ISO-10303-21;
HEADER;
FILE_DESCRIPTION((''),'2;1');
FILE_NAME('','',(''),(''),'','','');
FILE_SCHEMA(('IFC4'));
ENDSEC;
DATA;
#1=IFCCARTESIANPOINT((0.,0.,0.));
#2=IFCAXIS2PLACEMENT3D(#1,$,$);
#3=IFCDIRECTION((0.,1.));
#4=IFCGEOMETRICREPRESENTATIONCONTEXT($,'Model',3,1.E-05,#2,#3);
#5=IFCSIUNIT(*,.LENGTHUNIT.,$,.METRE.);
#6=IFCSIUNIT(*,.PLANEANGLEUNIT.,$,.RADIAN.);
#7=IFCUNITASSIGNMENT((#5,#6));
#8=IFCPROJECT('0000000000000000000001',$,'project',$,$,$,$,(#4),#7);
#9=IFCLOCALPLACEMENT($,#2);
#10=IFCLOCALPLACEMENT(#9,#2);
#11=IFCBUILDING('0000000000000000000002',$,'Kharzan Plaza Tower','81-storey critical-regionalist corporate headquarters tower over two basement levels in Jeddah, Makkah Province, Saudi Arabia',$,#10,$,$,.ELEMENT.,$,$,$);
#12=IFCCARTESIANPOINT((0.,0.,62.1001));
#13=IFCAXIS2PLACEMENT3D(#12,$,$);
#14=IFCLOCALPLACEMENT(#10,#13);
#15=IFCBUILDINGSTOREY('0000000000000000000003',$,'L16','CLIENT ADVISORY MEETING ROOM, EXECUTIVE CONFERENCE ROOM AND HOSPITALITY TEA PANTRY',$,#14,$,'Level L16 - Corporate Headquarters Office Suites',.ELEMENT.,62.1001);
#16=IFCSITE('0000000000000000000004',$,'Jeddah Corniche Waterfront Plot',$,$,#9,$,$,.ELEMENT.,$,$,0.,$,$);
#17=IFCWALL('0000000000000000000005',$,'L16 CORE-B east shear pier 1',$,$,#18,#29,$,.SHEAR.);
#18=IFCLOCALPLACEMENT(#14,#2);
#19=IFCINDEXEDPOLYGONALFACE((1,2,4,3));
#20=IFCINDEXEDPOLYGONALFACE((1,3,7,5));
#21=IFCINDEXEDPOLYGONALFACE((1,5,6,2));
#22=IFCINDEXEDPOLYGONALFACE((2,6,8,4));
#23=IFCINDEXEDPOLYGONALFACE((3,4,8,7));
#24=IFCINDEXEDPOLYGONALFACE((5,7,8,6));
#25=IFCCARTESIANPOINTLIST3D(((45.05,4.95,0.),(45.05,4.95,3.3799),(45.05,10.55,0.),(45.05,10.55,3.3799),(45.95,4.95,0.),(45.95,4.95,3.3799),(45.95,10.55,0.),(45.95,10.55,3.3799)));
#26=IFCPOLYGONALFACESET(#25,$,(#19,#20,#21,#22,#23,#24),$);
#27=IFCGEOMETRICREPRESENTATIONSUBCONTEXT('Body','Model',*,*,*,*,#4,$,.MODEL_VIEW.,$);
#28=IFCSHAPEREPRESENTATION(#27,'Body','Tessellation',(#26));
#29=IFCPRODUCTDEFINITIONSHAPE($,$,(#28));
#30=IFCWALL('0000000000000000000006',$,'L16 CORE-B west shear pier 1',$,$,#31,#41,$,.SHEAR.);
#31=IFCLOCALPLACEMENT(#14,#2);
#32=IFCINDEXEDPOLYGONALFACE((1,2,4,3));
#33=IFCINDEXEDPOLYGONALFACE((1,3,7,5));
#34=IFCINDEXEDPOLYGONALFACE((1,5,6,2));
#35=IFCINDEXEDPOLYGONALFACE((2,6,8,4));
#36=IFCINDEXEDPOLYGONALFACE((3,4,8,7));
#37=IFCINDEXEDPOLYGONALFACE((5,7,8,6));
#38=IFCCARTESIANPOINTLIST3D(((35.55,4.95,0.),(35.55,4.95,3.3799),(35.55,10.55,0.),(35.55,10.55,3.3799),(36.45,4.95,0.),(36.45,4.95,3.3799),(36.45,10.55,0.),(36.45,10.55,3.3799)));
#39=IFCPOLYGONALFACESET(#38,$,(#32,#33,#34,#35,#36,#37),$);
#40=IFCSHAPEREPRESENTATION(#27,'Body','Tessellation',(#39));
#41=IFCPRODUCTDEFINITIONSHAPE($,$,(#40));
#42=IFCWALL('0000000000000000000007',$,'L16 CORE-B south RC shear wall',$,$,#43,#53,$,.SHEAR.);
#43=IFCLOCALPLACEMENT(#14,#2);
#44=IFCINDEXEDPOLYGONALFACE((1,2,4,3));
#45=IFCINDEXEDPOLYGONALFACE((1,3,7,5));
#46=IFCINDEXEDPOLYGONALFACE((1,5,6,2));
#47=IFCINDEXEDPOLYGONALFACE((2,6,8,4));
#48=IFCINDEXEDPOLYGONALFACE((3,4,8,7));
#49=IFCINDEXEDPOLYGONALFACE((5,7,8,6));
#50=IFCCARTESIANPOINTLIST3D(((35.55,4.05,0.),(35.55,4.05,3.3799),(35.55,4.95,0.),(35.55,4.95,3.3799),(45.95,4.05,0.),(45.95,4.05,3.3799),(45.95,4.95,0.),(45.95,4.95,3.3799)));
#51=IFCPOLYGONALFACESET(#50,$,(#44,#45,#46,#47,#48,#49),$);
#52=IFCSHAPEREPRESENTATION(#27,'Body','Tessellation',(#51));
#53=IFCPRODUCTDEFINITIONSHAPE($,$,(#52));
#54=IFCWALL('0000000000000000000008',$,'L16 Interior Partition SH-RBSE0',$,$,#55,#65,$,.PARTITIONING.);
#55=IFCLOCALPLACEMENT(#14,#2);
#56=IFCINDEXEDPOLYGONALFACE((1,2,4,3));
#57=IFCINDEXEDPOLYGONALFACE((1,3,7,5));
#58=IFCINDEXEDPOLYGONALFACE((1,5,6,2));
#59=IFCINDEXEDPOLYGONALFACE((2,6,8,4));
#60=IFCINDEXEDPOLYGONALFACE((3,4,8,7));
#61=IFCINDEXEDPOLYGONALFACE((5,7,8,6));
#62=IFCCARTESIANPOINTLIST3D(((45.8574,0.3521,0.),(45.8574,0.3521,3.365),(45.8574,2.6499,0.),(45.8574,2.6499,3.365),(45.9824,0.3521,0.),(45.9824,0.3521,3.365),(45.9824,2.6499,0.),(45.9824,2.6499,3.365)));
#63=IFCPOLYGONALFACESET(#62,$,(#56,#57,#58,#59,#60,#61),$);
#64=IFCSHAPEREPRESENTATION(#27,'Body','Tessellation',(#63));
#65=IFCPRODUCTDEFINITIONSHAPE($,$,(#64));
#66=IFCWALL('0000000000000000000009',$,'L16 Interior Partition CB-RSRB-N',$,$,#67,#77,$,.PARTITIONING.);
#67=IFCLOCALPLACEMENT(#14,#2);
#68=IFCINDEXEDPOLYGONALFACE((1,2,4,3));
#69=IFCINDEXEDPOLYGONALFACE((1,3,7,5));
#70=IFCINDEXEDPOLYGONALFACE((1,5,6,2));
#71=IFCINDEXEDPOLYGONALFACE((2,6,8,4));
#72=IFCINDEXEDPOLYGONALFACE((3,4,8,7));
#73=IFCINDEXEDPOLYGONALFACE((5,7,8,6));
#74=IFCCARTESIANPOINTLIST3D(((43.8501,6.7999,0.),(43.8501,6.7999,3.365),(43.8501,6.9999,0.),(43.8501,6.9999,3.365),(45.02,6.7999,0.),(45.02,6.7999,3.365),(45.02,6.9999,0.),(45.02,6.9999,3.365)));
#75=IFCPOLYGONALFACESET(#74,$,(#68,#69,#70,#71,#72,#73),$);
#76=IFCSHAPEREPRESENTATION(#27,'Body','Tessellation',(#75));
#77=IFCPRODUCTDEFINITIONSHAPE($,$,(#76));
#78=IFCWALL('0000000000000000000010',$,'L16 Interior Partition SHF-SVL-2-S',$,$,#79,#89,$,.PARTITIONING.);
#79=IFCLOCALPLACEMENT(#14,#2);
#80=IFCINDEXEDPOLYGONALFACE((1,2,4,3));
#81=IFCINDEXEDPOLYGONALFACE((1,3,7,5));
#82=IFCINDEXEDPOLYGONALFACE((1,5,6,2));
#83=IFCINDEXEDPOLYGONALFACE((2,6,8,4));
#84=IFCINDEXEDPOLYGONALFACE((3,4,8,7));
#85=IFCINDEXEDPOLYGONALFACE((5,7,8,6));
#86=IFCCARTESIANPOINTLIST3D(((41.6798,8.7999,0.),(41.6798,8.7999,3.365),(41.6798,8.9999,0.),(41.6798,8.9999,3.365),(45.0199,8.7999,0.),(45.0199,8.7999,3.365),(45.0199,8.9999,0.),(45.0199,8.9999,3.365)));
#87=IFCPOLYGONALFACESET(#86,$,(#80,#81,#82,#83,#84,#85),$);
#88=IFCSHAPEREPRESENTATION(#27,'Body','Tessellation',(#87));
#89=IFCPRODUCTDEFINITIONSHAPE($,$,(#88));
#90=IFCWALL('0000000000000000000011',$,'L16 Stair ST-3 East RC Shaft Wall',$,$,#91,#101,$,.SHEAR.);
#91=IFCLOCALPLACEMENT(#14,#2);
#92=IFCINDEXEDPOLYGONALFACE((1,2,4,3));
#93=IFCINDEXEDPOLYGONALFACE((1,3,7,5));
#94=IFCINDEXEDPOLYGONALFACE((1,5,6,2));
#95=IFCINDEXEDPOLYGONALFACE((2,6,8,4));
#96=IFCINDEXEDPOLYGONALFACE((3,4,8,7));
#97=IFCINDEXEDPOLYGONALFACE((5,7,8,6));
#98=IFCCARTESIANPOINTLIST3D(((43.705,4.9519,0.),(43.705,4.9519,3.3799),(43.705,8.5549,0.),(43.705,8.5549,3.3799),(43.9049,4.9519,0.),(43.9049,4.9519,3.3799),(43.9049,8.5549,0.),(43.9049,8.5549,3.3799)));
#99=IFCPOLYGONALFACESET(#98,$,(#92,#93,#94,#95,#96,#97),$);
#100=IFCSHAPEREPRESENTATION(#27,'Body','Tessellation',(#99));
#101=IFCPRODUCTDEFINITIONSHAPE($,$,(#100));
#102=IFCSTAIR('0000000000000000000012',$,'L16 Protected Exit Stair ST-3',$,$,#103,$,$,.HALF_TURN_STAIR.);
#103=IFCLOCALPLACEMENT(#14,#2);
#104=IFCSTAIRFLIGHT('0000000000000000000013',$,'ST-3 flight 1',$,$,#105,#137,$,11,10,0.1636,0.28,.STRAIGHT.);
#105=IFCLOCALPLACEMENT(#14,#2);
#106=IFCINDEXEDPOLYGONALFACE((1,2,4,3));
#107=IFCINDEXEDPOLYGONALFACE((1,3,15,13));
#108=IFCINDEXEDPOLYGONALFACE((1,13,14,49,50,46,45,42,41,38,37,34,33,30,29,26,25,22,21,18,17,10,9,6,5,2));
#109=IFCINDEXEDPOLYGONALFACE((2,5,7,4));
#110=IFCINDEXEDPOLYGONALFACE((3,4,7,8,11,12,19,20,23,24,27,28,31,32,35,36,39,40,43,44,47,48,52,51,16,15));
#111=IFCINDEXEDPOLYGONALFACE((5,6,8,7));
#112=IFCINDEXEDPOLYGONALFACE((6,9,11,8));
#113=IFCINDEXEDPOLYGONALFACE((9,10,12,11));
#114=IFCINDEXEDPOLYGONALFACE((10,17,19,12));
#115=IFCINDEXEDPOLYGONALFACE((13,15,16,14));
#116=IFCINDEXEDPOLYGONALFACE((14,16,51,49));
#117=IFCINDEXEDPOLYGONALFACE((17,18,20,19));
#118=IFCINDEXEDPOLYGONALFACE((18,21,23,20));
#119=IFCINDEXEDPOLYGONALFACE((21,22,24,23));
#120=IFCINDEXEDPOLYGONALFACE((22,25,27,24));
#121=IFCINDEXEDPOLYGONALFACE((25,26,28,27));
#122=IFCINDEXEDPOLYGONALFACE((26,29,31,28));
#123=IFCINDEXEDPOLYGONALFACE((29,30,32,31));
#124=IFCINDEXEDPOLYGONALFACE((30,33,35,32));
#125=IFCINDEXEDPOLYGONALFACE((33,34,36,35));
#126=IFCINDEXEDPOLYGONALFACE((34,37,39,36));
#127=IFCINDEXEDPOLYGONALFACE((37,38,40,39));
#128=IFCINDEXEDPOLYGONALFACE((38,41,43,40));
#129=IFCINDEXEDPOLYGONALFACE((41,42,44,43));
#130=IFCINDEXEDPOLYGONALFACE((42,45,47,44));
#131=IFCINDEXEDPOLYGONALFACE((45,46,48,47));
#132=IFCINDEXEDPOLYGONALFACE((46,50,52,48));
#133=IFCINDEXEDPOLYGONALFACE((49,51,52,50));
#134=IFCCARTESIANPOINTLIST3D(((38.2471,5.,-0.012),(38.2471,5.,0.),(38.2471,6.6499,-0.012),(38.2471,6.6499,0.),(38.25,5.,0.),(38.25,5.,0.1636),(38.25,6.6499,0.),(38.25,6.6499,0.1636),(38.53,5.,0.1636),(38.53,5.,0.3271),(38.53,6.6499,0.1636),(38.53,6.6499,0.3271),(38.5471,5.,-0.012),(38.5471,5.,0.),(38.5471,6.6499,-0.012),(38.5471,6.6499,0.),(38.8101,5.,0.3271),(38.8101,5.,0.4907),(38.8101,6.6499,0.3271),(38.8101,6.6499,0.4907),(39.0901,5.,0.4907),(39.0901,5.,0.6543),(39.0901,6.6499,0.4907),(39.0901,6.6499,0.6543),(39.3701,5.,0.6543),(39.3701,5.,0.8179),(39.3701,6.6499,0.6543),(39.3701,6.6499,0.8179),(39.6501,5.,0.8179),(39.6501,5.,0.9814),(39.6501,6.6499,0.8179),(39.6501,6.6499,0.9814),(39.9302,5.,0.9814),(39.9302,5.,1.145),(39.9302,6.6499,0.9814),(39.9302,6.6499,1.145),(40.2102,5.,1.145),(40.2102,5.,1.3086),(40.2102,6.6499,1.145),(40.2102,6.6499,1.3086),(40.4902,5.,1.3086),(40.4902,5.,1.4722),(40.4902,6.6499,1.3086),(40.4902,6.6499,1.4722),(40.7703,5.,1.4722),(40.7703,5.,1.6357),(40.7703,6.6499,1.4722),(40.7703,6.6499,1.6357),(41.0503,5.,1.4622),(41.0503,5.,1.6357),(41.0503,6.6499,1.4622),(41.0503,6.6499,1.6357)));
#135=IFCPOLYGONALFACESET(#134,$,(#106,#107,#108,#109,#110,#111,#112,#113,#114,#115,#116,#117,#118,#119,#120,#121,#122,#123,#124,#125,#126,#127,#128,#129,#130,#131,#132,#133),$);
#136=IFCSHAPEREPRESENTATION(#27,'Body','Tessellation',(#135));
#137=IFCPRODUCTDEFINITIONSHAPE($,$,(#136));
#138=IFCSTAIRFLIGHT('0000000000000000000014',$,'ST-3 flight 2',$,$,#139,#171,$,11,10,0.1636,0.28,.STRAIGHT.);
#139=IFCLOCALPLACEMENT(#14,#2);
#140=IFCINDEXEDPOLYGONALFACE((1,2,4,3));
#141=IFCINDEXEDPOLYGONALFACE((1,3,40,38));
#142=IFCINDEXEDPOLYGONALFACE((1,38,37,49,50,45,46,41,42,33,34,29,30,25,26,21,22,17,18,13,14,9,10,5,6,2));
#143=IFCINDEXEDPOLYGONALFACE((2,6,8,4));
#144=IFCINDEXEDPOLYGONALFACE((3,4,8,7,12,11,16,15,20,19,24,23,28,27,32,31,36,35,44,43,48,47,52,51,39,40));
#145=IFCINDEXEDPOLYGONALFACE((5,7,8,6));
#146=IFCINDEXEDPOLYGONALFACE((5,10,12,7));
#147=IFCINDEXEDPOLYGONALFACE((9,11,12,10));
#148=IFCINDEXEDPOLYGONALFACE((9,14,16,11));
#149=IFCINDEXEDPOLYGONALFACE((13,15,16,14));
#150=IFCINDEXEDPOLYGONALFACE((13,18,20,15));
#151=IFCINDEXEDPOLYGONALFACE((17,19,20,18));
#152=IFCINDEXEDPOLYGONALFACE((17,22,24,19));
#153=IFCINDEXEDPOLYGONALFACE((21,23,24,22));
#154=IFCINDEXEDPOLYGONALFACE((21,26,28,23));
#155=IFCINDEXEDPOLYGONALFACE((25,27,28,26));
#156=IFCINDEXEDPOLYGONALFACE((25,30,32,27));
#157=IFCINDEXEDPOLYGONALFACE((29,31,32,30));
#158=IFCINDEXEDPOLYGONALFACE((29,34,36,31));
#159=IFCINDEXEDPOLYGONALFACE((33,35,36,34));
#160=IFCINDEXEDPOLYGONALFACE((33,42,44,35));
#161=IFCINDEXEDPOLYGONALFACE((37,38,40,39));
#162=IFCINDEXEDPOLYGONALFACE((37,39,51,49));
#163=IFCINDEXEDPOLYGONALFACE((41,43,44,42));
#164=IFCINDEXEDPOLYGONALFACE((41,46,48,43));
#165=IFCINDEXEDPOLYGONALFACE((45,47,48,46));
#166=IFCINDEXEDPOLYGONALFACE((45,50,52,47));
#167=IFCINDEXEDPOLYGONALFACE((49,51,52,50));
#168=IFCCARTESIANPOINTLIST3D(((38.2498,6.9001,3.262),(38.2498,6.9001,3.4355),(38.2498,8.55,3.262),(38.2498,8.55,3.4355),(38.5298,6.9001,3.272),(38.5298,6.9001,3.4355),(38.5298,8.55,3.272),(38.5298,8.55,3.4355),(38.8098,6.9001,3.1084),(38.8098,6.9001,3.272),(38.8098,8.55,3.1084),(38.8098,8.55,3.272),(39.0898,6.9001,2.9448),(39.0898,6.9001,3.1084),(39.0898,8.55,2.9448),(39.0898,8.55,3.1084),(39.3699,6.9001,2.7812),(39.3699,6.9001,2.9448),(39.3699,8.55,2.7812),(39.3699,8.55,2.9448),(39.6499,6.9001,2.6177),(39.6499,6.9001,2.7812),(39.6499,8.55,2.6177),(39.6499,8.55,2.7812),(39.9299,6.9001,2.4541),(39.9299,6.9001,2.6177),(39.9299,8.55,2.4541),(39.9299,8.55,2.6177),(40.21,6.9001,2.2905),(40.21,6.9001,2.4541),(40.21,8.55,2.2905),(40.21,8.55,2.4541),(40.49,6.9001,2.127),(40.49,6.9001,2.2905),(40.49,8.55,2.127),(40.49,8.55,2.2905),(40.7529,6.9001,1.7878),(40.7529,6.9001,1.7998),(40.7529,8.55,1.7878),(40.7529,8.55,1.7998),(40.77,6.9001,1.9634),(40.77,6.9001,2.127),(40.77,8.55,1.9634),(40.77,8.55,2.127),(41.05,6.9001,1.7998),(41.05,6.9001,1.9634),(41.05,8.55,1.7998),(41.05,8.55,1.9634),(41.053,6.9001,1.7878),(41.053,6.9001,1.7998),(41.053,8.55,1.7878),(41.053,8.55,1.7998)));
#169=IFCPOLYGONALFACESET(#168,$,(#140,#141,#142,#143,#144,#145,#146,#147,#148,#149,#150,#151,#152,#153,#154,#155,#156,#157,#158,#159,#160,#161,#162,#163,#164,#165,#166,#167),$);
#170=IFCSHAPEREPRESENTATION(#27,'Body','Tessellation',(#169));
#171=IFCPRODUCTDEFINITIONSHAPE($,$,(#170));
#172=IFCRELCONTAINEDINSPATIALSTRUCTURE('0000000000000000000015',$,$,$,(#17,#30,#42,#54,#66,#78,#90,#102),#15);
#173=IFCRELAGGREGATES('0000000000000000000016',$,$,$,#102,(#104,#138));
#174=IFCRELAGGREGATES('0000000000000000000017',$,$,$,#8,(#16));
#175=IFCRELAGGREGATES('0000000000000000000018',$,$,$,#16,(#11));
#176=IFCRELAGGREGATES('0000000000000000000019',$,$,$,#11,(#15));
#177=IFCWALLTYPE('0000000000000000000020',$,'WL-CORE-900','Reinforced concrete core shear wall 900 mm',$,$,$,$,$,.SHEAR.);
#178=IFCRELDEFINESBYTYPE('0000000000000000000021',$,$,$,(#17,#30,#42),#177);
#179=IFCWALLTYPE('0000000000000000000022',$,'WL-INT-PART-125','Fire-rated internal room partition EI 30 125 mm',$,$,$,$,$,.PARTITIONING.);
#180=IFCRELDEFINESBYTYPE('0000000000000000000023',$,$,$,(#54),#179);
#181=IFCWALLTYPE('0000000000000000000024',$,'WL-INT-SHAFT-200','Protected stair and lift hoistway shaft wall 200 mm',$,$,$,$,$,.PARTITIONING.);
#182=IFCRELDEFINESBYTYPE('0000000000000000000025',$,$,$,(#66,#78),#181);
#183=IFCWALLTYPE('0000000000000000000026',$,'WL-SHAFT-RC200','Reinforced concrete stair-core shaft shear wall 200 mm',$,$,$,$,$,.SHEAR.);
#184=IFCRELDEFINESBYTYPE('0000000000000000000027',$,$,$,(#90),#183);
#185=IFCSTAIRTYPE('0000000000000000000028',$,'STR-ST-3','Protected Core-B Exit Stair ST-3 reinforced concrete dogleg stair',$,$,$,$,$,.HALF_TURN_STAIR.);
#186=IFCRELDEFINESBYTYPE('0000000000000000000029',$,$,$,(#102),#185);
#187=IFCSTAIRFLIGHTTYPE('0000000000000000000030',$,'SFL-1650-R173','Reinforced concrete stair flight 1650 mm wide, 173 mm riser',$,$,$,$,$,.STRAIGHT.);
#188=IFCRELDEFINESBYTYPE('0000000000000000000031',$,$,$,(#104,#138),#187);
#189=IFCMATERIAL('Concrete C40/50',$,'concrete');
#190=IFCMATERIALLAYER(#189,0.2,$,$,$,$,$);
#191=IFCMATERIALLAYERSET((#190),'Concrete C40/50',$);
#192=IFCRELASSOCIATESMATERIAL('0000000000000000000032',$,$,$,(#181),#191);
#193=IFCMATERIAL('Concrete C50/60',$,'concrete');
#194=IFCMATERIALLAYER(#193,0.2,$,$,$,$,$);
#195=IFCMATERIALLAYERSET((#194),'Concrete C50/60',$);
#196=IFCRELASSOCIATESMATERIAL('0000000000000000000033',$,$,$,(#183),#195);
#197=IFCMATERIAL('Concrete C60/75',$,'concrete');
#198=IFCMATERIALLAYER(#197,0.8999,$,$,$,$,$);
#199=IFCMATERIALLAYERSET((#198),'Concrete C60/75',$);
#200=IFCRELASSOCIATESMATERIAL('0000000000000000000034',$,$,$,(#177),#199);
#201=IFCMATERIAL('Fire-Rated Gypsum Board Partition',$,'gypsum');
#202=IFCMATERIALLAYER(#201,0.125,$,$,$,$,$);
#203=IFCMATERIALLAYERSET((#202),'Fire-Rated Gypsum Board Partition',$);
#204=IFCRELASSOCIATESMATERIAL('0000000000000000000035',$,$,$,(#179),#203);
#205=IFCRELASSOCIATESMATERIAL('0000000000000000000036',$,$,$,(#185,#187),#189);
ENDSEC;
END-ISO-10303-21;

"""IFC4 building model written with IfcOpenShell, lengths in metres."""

from ifc_helpers import new_model, si_unit, direction, frame, frame_2d, origin, place, context, subcontext, project, spatial, polyline, rectangle, outline, extrude, source, transform, mapped, material, layer, layer_set, type_object, element, aggregate, save


model = new_model("IFC4")

# Units and contexts
model_context = context("Model", 3, precision=1e-05, world=origin(), true_north=direction((0.0, 1.0)))
body_context = subcontext(model_context, "Body", "Model", "MODEL_VIEW")
ifc_project = project(units=[si_unit("LENGTHUNIT", "METRE"), si_unit("PLANEANGLEUNIT", "RADIAN")], contexts=[model_context])

# Site, building, storey
site_placement = place(None, origin())
site = spatial("IfcSite", under=ifc_project, at=site_placement, Name="Jeddah Corniche Waterfront Plot", CompositionType="ELEMENT", RefElevation=0.0)
building_placement = place(site_placement, origin())
building = spatial("IfcBuilding", under=site, at=building_placement, Name="Kharzan Plaza Tower", Description="81-storey critical-regionalist corporate headquarters tower over two basement levels in Jeddah, Makkah Province, Saudi Arabia", CompositionType="ELEMENT")
storey_placement = place(building_placement, frame((0.0, 0.0, 62.1001)))
storey = spatial("IfcBuildingStorey", under=building, at=storey_placement, Name="L16", Description="CLIENT ADVISORY MEETING ROOM, EXECUTIVE CONFERENCE ROOM AND HOSPITALITY TEA PANTRY", LongName="Level L16 - Corporate Headquarters Office Suites", CompositionType="ELEMENT", Elevation=62.1001)

# Shared definitions
ifc_material_1 = material(Name="Concrete C60/75", Category="concrete")

# Shared definitions
ifc_material_2 = material(Name="Concrete C40/50", Category="concrete")

# Shared definitions
ifc_layer_1 = layer(ifc_material_2, 0.2)
ifc_layer_set_1 = layer_set([ifc_layer_1], Name="Concrete C40/50")
wall_type_1 = type_object("IfcWallType", Name="WL-INT-SHAFT-200", Description="Protected stair and lift hoistway shaft wall 200 mm", PredefinedType="PARTITIONING", material=ifc_layer_set_1)
ifc_material_3 = material(Name="Concrete C50/60", Category="concrete")
ifc_layer_2 = layer(ifc_material_3, 0.2)
ifc_layer_set_2 = layer_set([ifc_layer_2], Name="Concrete C50/60")
wall_type_2 = type_object("IfcWallType", Name="WL-SHAFT-RC200", Description="Reinforced concrete stair-core shaft shear wall 200 mm", PredefinedType="SHEAR", material=ifc_layer_set_2)

# Walls
ifc_layer_3 = layer(ifc_material_1, 0.8999)
ifc_layer_set_3 = layer_set([ifc_layer_3], Name="Concrete C60/75")
wall_type_3 = type_object("IfcWallType", Name="WL-CORE-900", Description="Reinforced concrete core shear wall 900 mm", PredefinedType="SHEAR", material=ifc_layer_set_3)
shared_shape_1 = source(origin(), body_context, "Body", "SweptSolid", [
    extrude(rectangle(XDim=5.6001, YDim=0.8999, at=frame_2d((2.8, 0.0))), origin(), (0.0, 0.0, 1.0), 3.3799),
])
for number, where, z_axis, x_axis, name in (
    (1, (45.5, 4.95, 0.0), (0.0, 0.0, 1.0), (0.0, 1.0, 0.0), "L16 CORE-B east shear pier 1"),
    (2, (36.0, 4.95, 0.0), (0.0, 0.0, 1.0), (0.0, 1.0, 0.0), "L16 CORE-B west shear pier 1"),
):
    element("IfcWall", number, at=place(storey_placement, frame(where, z_axis=z_axis, x_axis=x_axis)), inside=storey, type_object=wall_type_3, Name=name, PredefinedType="SHEAR", context=body_context, shape_type="MappedRepresentation", body=[
        mapped(shared_shape_1, transform((0.0, 0.0, 0.0), x_axis=(1.0, 0.0, 0.0), y_axis=(0.0, 1.0, 0.0), z_axis=(0.0, 0.0, 1.0))),
    ])
shared_shape_2 = source(origin(), body_context, "Body", "SweptSolid", [
    extrude(rectangle(XDim=10.3999, YDim=0.8999, at=frame_2d((5.2, 0.0))), origin(), (0.0, 0.0, 1.0), 3.3799),
])
wall_1_placement = place(storey_placement, frame((35.55, 4.5, 0.0), z_axis=(0.0, 0.0, 1.0), x_axis=(1.0, 0.0, 0.0)))
element("IfcWall", 3, at=wall_1_placement, inside=storey, type_object=wall_type_3, Name="L16 CORE-B south RC shear wall", PredefinedType="SHEAR", context=body_context, shape_type="MappedRepresentation", body=[
    mapped(shared_shape_2, transform((0.0, 0.0, 0.0), x_axis=(1.0, 0.0, 0.0), y_axis=(0.0, 1.0, 0.0), z_axis=(0.0, 0.0, 1.0))),
])
ifc_material_4 = material(Name="Fire-Rated Gypsum Board Partition", Category="gypsum")
ifc_layer_4 = layer(ifc_material_4, 0.125)
ifc_layer_set_4 = layer_set([ifc_layer_4], Name="Fire-Rated Gypsum Board Partition")
wall_type_4 = type_object("IfcWallType", Name="WL-INT-PART-125", Description="Fire-rated internal room partition EI 30 125 mm", PredefinedType="PARTITIONING", material=ifc_layer_set_4)
shared_shape_3 = source(origin(), body_context, "Body", "SweptSolid", [
    extrude(rectangle(XDim=2.2979, YDim=0.125, at=frame_2d((1.1489, 0.0))), origin(), (0.0, 0.0, 1.0), 3.365),
])
wall_2_placement = place(storey_placement, frame((45.9199, 0.3521, 0.0), z_axis=(0.0, 0.0, 1.0), x_axis=(0.0, 1.0, 0.0)))
element("IfcWall", 4, at=wall_2_placement, inside=storey, type_object=wall_type_4, Name="L16 Interior Partition SH-RBSE0", PredefinedType="PARTITIONING", context=body_context, shape_type="MappedRepresentation", body=[
    mapped(shared_shape_3, transform((0.0, 0.0, 0.0), x_axis=(1.0, 0.0, 0.0), y_axis=(0.0, 1.0, 0.0), z_axis=(0.0, 0.0, 1.0))),
])
shared_shape_4 = source(origin(), body_context, "Body", "SweptSolid", [
    extrude(rectangle(XDim=1.1699, YDim=0.2, at=frame_2d((0.585, 0.0))), origin(), (0.0, 0.0, 1.0), 3.365),
])
wall_3_placement = place(storey_placement, frame((43.8501, 6.8999, 0.0), z_axis=(0.0, 0.0, 1.0), x_axis=(1.0, 0.0, 0.0)))
element("IfcWall", 5, at=wall_3_placement, inside=storey, type_object=wall_type_1, Name="L16 Interior Partition CB-RSRB-N", PredefinedType="PARTITIONING", context=body_context, shape_type="MappedRepresentation", body=[
    mapped(shared_shape_4, transform((0.0, 0.0, 0.0), x_axis=(1.0, 0.0, 0.0), y_axis=(0.0, 1.0, 0.0), z_axis=(0.0, 0.0, 1.0))),
])
shared_shape_5 = source(origin(), body_context, "Body", "SweptSolid", [
    extrude(rectangle(XDim=3.3401, YDim=0.2, at=frame_2d((1.6699, 0.0))), origin(), (0.0, 0.0, 1.0), 3.365),
])
wall_4_placement = place(storey_placement, frame((41.6799, 8.8999, 0.0), z_axis=(0.0, 0.0, 1.0), x_axis=(1.0, 0.0, 0.0)))
element("IfcWall", 6, at=wall_4_placement, inside=storey, type_object=wall_type_1, Name="L16 Interior Partition SHF-SVL-2-S", PredefinedType="PARTITIONING", context=body_context, shape_type="MappedRepresentation", body=[
    mapped(shared_shape_5, transform((0.0, 0.0, 0.0), x_axis=(1.0, 0.0, 0.0), y_axis=(0.0, 1.0, 0.0), z_axis=(0.0, 0.0, 1.0))),
])
shared_shape_6 = source(origin(), body_context, "Body", "SweptSolid", [
    extrude(rectangle(XDim=3.603, YDim=0.2, at=frame_2d((1.8015, 0.0))), origin(), (0.0, 0.0, 1.0), 3.3799),
])
wall_5_placement = place(storey_placement, frame((43.8049, 4.9519, 0.0), z_axis=(0.0, 0.0, 1.0), x_axis=(0.0, 1.0, 0.0)))
element("IfcWall", 7, at=wall_5_placement, inside=storey, type_object=wall_type_2, Name="L16 Stair ST-3 East RC Shaft Wall", PredefinedType="SHEAR", context=body_context, shape_type="MappedRepresentation", body=[
    mapped(shared_shape_6, transform((0.0, 0.0, 0.0), x_axis=(1.0, 0.0, 0.0), y_axis=(0.0, 1.0, 0.0), z_axis=(0.0, 0.0, 1.0))),
])

# Stair, stair flights
stair_type = type_object("IfcStairType", Name="STR-ST-3", Description="Protected Core-B Exit Stair ST-3 reinforced concrete dogleg stair", PredefinedType="HALF_TURN_STAIR", material=ifc_material_2)
stair_placement = place(storey_placement, origin())
stair = element("IfcStair", 8, at=stair_placement, inside=storey, type_object=stair_type, Name="L16 Protected Exit Stair ST-3", PredefinedType="HALF_TURN_STAIR")
stair_flight_type = type_object("IfcStairFlightType", Name="SFL-1650-R173", Description="Reinforced concrete stair flight 1650 mm wide, 173 mm riser", PredefinedType="STRAIGHT", material=ifc_material_2)
shared_shape_7 = source(origin(), body_context, "Body", "SweptSolid", [
    extrude(outline(polyline([(-0.0029, -0.012), (-0.0029, 0.0), (0.0, 0.0), (0.0, 0.1636), (0.28, 0.1636), (0.28, 0.3271), (0.5601, 0.3271), (0.5601, 0.4907), (0.8401, 0.4907), (0.8401, 0.6543), (1.1201, 0.6543), (1.1201, 0.8179), (1.4001, 0.8179), (1.4001, 0.9814), (1.6802, 0.9814), (1.6802, 1.145), (1.9602, 1.145), (1.9602, 1.3086), (2.2402, 1.3086), (2.2402, 1.4722), (2.5203, 1.4722), (2.5203, 1.6357), (2.8003, 1.6357), (2.8003, 1.7993), (2.8003, 1.4622), (0.2971, 0.0), (0.2971, -0.012), (-0.0029, -0.012)])), frame((0.0, 0.825, 0.0), z_axis=(0.0, -1.0, 0.0), x_axis=(1.0, 0.0, 0.0)), (0.0, 0.0, 1.0), 1.6499),
])
stair_flight_1_placement = place(storey_placement, frame((38.25, 5.825, 0.0), z_axis=(0.0, 0.0, 1.0), x_axis=(1.0, 0.0, 0.0)))
stair_flight_1 = element("IfcStairFlight", 9, at=stair_flight_1_placement, type_object=stair_flight_type, Name="ST-3 flight 1", NumberOfRisers=11, NumberOfTreads=10, PredefinedType="STRAIGHT", RiserHeight=0.1636, TreadLength=0.28, context=body_context, shape_type="MappedRepresentation", body=[
    mapped(shared_shape_7, transform((0.0, 0.0, 0.0), x_axis=(1.0, 0.0, 0.0), y_axis=(0.0, 1.0, 0.0), z_axis=(0.0, 0.0, 1.0))),
])
stair_flight_2_placement = place(storey_placement, frame((41.05, 7.7251, 1.7998), z_axis=(0.0, 0.0, 1.0), x_axis=(-1.0, 0.0, 0.0)))
stair_flight_2 = element("IfcStairFlight", 10, at=stair_flight_2_placement, type_object=stair_flight_type, Name="ST-3 flight 2", NumberOfRisers=11, NumberOfTreads=10, PredefinedType="STRAIGHT", RiserHeight=0.1636, TreadLength=0.28, context=body_context, shape_type="MappedRepresentation", body=[
    mapped(shared_shape_7, transform((0.0, 0.0, 0.0), x_axis=(1.0, 0.0, 0.0), y_axis=(0.0, 1.0, 0.0), z_axis=(0.0, 0.0, 1.0))),
])
aggregate(stair, [stair_flight_1, stair_flight_2])

save(model, "model.ifc")
